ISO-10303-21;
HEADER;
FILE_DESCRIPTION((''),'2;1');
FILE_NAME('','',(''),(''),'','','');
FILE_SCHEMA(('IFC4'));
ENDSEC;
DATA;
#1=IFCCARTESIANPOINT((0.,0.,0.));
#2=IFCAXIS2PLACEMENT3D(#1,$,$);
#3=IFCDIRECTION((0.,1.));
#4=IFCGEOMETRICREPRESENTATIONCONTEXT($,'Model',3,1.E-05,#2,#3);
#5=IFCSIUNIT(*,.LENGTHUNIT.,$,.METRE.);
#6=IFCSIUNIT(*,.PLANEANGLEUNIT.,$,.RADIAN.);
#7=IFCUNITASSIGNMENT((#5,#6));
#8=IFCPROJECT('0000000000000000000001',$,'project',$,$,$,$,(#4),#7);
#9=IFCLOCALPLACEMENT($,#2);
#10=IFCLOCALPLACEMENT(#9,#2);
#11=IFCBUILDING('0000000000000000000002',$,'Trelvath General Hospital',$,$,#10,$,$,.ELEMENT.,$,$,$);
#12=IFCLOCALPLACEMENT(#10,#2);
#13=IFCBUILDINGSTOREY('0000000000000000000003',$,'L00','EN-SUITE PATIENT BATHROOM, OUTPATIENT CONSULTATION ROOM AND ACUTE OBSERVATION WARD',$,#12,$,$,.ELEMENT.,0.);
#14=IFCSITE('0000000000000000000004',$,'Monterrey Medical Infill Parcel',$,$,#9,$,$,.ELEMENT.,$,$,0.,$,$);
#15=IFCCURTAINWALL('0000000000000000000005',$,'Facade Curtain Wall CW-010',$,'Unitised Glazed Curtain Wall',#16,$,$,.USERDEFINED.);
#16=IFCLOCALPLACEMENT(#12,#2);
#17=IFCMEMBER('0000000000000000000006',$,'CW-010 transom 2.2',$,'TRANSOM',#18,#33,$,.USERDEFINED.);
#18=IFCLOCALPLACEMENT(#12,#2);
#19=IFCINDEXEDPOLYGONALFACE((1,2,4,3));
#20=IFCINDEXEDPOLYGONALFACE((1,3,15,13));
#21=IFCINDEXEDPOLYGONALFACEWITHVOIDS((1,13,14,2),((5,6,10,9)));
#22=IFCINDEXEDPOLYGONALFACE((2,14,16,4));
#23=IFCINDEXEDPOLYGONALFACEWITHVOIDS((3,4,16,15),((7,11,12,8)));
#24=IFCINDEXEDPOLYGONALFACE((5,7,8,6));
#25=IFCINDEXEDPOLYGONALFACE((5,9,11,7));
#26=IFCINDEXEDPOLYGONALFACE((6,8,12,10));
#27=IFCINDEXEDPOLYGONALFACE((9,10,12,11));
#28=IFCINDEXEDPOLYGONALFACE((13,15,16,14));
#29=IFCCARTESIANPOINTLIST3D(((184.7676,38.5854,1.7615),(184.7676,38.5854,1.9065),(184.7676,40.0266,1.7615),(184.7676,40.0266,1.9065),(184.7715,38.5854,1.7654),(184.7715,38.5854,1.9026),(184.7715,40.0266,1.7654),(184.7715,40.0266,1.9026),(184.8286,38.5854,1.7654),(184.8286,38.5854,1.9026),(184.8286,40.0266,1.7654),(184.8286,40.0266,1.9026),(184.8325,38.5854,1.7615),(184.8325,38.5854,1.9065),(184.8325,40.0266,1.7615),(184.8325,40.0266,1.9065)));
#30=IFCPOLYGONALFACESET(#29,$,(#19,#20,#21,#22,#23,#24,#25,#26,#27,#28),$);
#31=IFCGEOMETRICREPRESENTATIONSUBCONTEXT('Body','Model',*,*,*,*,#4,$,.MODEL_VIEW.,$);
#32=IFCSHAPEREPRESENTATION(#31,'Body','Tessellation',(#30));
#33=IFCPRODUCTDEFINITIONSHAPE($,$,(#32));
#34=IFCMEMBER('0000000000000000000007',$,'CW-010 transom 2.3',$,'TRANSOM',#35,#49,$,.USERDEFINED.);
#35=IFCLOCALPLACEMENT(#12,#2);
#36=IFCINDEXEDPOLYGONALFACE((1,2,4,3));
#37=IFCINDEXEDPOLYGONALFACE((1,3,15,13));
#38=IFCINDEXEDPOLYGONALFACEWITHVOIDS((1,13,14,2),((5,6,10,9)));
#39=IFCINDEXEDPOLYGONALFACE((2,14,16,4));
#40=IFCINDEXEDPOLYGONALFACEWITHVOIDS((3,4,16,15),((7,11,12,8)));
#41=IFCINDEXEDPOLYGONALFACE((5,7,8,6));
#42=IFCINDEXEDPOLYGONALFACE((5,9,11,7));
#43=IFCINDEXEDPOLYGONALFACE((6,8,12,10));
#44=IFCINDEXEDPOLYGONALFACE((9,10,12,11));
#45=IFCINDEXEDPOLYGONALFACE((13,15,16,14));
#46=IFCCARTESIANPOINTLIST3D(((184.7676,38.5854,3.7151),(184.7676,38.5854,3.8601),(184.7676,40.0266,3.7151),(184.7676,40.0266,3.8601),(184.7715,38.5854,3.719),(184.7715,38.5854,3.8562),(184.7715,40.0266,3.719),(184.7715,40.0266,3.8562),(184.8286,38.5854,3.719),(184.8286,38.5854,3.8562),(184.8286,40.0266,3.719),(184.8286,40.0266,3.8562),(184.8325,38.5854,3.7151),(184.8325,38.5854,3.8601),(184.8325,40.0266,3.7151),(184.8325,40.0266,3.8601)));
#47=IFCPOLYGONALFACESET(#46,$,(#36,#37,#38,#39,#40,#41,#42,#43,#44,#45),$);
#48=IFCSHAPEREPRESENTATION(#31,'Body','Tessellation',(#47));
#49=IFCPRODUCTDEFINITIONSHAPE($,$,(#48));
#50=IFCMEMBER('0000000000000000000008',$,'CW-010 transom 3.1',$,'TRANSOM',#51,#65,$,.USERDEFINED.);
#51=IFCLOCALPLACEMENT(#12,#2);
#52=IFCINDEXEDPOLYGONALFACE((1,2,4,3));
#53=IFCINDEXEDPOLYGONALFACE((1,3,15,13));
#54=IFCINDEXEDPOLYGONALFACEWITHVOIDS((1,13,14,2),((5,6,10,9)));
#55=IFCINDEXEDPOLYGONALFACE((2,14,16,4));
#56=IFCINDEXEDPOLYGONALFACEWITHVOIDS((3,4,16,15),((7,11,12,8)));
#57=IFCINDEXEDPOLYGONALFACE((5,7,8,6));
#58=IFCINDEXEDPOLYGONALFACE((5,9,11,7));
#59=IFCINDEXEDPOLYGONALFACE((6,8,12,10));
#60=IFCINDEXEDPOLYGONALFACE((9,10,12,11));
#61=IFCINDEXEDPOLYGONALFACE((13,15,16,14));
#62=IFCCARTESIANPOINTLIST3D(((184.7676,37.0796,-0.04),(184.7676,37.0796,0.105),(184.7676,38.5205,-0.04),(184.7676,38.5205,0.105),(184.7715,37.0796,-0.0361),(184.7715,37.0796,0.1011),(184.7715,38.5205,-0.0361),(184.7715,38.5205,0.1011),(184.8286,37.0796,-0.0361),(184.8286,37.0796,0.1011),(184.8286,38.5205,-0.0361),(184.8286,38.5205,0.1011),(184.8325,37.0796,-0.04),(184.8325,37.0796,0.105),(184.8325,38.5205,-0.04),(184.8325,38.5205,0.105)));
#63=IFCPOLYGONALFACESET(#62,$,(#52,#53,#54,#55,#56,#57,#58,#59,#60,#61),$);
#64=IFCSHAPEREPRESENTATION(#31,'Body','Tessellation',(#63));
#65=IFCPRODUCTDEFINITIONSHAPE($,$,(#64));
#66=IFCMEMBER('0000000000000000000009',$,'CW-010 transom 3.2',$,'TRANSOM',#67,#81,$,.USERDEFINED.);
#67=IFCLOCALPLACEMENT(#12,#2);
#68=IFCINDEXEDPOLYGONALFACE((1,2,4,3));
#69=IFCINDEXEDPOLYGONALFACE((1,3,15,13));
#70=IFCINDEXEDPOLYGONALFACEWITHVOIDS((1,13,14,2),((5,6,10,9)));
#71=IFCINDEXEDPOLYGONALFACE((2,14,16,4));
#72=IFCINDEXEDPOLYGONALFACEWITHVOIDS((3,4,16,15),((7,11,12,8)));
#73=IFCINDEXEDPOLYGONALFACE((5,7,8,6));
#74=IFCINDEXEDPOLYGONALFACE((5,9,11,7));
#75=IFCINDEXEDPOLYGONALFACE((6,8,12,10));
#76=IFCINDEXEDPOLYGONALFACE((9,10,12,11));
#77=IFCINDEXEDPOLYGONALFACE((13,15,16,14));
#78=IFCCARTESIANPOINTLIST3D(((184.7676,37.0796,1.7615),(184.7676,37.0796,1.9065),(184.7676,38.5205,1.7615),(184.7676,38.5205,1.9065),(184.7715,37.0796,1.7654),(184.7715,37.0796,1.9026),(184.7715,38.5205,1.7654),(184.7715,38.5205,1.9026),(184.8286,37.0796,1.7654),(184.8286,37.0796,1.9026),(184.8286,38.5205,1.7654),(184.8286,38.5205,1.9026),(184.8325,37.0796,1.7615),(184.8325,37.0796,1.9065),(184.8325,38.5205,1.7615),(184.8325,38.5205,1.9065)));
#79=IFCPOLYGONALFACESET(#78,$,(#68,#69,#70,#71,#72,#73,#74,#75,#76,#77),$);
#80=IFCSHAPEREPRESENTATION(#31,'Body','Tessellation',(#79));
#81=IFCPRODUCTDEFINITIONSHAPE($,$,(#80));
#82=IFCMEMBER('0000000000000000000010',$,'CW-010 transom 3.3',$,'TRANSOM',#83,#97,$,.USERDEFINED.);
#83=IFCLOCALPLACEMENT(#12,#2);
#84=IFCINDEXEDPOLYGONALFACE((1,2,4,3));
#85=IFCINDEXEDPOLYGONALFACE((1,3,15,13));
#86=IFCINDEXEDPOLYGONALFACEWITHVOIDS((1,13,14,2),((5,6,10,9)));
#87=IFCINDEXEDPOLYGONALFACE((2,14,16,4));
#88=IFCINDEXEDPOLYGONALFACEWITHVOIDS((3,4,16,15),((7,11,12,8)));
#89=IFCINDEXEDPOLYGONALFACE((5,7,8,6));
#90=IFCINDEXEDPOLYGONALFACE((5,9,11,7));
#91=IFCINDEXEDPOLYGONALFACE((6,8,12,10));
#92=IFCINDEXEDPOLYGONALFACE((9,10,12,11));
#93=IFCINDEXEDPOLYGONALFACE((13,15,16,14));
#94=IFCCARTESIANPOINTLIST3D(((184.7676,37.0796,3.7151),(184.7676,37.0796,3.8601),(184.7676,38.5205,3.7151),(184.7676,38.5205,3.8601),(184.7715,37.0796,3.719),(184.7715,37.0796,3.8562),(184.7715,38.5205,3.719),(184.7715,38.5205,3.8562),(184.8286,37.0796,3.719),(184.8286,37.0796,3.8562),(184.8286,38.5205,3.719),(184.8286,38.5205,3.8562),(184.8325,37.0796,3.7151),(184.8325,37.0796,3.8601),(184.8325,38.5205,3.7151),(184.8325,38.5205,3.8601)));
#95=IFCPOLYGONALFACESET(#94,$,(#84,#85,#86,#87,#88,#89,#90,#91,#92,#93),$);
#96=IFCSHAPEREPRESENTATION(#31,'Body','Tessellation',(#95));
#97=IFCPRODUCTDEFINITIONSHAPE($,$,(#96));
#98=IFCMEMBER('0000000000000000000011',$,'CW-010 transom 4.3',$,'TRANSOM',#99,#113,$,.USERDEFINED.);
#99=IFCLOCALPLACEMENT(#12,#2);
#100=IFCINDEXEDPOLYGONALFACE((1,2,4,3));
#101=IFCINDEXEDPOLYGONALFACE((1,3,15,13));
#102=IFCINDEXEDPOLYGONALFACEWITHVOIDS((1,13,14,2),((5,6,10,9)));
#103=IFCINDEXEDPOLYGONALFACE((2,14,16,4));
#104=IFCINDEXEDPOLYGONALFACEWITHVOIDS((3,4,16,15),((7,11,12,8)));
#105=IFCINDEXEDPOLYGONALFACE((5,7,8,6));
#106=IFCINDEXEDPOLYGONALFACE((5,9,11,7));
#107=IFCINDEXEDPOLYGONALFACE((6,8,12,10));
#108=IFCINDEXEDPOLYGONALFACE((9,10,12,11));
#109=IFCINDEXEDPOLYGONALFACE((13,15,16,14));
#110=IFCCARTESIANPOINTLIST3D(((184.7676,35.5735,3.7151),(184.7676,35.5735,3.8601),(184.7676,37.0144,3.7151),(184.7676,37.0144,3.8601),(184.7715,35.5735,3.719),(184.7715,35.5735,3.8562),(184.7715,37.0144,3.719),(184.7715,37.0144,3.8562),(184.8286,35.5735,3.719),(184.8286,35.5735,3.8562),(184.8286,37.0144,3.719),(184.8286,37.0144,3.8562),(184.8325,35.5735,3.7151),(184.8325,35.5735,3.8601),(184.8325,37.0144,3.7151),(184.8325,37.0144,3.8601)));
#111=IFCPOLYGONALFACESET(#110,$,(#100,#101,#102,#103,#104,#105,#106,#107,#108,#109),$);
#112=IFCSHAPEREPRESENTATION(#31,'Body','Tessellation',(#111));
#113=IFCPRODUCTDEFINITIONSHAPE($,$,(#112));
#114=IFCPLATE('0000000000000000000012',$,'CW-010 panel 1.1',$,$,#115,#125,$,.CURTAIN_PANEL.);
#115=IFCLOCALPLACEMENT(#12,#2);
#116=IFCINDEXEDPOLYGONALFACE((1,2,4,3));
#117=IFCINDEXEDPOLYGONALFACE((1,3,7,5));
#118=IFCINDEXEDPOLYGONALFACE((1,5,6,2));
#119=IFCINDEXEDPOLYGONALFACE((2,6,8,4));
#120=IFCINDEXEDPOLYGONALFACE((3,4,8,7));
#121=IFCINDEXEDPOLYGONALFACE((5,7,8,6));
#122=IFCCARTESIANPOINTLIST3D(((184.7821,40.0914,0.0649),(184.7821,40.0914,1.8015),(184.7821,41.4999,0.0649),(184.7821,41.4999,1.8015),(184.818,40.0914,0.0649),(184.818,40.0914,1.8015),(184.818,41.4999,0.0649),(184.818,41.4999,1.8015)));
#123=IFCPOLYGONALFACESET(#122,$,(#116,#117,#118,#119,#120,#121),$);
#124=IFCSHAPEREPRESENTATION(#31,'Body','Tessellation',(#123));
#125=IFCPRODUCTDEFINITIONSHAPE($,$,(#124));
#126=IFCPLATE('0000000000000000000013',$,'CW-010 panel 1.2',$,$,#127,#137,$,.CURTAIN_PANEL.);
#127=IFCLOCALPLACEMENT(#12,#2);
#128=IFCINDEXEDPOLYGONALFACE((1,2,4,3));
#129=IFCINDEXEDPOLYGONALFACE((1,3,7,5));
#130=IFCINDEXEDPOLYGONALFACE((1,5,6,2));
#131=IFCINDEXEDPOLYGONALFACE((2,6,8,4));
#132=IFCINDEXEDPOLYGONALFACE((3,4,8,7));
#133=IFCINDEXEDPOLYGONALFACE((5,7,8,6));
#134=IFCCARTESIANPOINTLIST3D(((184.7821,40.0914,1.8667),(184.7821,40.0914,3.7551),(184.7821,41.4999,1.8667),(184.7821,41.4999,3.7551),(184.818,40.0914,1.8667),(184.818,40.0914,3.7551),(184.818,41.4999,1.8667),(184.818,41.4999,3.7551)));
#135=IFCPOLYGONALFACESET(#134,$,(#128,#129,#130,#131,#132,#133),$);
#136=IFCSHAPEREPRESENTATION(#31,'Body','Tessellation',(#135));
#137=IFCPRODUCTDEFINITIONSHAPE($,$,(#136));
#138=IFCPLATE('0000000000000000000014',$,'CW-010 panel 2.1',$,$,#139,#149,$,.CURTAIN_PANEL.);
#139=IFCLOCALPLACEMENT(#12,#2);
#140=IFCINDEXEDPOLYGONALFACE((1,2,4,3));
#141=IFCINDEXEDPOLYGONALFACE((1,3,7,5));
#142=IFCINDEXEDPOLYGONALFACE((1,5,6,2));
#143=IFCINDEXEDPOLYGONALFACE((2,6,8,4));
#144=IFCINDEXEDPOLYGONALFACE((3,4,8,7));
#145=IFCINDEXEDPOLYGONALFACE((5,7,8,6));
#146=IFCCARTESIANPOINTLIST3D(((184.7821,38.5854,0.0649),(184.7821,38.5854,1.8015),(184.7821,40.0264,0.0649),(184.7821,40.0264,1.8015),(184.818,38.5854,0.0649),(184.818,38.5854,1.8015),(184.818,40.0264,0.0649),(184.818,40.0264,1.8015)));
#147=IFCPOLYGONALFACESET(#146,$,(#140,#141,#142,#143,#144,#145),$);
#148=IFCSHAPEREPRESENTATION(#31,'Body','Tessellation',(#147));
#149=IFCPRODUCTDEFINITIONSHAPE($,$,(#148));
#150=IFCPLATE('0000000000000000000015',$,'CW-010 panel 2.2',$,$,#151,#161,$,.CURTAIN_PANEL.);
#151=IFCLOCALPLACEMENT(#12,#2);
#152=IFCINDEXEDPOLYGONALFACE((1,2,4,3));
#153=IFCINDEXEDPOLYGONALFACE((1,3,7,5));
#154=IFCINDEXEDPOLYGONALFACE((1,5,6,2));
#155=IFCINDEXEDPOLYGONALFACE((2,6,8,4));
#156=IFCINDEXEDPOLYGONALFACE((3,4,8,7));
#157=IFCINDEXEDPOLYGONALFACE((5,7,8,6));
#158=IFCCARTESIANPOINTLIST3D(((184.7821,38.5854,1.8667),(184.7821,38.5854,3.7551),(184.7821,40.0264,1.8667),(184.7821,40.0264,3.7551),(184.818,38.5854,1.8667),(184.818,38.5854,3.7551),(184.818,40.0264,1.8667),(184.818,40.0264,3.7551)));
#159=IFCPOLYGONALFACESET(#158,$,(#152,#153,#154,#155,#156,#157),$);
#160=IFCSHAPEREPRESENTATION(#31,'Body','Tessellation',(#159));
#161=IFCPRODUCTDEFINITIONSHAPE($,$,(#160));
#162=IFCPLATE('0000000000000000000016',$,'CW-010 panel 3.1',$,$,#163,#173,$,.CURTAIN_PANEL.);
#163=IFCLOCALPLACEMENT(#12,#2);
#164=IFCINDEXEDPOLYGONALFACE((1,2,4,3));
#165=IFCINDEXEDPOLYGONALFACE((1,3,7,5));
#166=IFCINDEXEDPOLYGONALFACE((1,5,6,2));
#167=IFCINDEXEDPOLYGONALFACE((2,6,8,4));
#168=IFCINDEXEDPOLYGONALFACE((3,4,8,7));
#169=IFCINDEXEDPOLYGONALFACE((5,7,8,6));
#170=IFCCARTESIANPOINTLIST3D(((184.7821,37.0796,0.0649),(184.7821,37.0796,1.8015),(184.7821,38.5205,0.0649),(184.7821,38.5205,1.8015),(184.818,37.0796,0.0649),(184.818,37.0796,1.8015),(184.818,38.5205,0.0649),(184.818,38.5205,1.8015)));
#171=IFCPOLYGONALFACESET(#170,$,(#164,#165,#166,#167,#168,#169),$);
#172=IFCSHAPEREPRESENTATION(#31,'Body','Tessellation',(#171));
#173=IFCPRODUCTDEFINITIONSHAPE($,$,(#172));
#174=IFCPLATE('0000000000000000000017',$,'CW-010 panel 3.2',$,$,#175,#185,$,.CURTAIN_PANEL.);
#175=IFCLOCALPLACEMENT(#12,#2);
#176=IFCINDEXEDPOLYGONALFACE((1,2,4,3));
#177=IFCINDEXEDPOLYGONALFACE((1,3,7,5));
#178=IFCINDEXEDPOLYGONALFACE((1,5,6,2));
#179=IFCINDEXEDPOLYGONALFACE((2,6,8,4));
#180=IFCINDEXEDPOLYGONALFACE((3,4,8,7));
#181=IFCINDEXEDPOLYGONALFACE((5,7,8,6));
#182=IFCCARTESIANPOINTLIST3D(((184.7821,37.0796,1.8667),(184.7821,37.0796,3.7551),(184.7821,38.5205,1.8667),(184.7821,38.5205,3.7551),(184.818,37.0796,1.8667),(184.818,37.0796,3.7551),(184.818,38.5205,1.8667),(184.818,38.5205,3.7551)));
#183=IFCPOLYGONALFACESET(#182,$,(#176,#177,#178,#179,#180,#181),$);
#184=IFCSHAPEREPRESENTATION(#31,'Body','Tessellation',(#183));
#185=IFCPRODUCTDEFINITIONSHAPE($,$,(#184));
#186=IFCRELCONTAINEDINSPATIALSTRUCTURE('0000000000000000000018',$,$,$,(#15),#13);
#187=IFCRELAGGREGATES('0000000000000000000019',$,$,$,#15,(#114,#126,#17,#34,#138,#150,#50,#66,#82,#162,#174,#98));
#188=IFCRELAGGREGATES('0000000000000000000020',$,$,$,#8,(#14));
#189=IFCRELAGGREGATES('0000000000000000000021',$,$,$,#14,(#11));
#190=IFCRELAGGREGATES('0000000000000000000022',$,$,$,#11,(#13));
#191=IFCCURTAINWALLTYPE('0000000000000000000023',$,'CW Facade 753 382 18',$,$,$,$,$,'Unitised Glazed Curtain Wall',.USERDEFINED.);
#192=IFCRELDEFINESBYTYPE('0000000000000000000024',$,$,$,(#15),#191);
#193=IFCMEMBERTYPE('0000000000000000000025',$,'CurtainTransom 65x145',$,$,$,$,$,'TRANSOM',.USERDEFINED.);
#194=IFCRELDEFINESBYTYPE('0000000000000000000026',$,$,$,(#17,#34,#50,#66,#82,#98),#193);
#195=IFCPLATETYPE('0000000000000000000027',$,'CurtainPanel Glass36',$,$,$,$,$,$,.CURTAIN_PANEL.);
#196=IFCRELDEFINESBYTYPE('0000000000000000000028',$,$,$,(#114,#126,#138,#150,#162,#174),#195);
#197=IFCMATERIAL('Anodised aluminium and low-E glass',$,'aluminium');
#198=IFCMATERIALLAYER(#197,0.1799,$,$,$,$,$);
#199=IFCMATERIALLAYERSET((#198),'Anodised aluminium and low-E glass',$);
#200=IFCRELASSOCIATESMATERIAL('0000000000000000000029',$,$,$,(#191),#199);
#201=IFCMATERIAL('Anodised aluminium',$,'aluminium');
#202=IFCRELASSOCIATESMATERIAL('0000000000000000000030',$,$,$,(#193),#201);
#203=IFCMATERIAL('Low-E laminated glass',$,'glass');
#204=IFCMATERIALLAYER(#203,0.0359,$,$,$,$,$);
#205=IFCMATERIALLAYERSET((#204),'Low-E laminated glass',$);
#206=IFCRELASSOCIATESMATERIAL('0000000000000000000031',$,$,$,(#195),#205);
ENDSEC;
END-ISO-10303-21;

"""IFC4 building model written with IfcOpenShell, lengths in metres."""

from ifc_helpers import new_model, si_unit, direction, frame, origin, origin_2d, place, context, subcontext, project, spatial, rectangle, hollow_rectangle, extrude, material, layer, layer_set, material_profile, profile_set, type_object, element, aggregate, save


model = new_model("IFC4")

# Units and contexts
model_context = context("Model", 3, precision=1e-05, world=origin(), true_north=direction((0.0, 1.0)))
body_context = subcontext(model_context, "Body", "Model", "MODEL_VIEW")
ifc_project = project(units=[si_unit("LENGTHUNIT", "METRE"), si_unit("PLANEANGLEUNIT", "RADIAN")], contexts=[model_context])

# Site, building, storey
site_placement = place(None, origin())
site = spatial("IfcSite", under=ifc_project, at=site_placement, Name="Monterrey Medical Infill Parcel", CompositionType="ELEMENT", RefElevation=0.0)
building_placement = place(site_placement, origin())
building = spatial("IfcBuilding", under=site, at=building_placement, Name="Trelvath General Hospital", CompositionType="ELEMENT")
storey_placement = place(building_placement, origin())
storey = spatial("IfcBuildingStorey", under=building, at=storey_placement, Name="L00", Description="EN-SUITE PATIENT BATHROOM, OUTPATIENT CONSULTATION ROOM AND ACUTE OBSERVATION WARD", CompositionType="ELEMENT", Elevation=0.0)

# Curtain wall, members, plates
ifc_material_1 = material(Name="Anodised aluminium and low-E glass", Category="aluminium")
ifc_layer_1 = layer(ifc_material_1, 0.1799)
ifc_layer_set_1 = layer_set([ifc_layer_1], Name="Anodised aluminium and low-E glass")
curtain_wall_type = type_object("IfcCurtainWallType", Name="CW Facade 753 382 18", ElementType="Unitised Glazed Curtain Wall", PredefinedType="USERDEFINED", material=ifc_layer_set_1)
curtain_wall_placement = place(storey_placement, origin())
curtain_wall = element("IfcCurtainWall", 1, at=curtain_wall_placement, inside=storey, type_object=curtain_wall_type, Name="Facade Curtain Wall CW-010", ObjectType="Unitised Glazed Curtain Wall", PredefinedType="USERDEFINED")
ifc_material_2 = material(Name="Anodised aluminium", Category="aluminium")
ifc_material_profile_1 = material_profile(ifc_material_2, hollow_rectangle(XDim=0.0649, YDim=0.145, WallThickness=0.0039, at=origin_2d()), Name="RHS65x145x4")
ifc_profile_set_1 = profile_set([ifc_material_profile_1], Name="Anodised aluminium")
member_type_1 = type_object("IfcMemberType", Name="CurtainTransom 65x145", ElementType="TRANSOM", PredefinedType="USERDEFINED", material=ifc_profile_set_1)
member_1_placement = place(storey_placement, frame((184.8, 40.0266, 1.834), z_axis=(0.0, -1.0, 0.0), x_axis=(1.0, 0.0, 0.0)))
member_1 = element("IfcMember", 2, at=member_1_placement, type_object=member_type_1, Name="CW-010 transom 2.2", ObjectType="TRANSOM", PredefinedType="USERDEFINED", context=body_context, shape_type="SweptSolid", body=[
    extrude(hollow_rectangle(XDim=0.0649, YDim=0.145, WallThickness=0.0039, at=origin_2d()), origin(), (0.0, 0.0, 1.0), 1.4412),
])
member_2_placement = place(storey_placement, frame((184.8, 40.0266, 3.7876), z_axis=(0.0, -1.0, 0.0), x_axis=(1.0, 0.0, 0.0)))
member_2 = element("IfcMember", 3, at=member_2_placement, type_object=member_type_1, Name="CW-010 transom 2.3", ObjectType="TRANSOM", PredefinedType="USERDEFINED", context=body_context, shape_type="SweptSolid", body=[
    extrude(hollow_rectangle(XDim=0.0649, YDim=0.145, WallThickness=0.0039, at=origin_2d()), origin(), (0.0, 0.0, 1.0), 1.4412),
])
member_3_placement = place(storey_placement, frame((184.8, 38.5205, 0.0325), z_axis=(0.0, -1.0, 0.0), x_axis=(1.0, 0.0, 0.0)))
member_3 = element("IfcMember", 4, at=member_3_placement, type_object=member_type_1, Name="CW-010 transom 3.1", ObjectType="TRANSOM", PredefinedType="USERDEFINED", context=body_context, shape_type="SweptSolid", body=[
    extrude(hollow_rectangle(XDim=0.0649, YDim=0.145, WallThickness=0.0039, at=origin_2d()), origin(), (0.0, 0.0, 1.0), 1.4409),
])
member_4_placement = place(storey_placement, frame((184.8, 38.5205, 1.834), z_axis=(0.0, -1.0, 0.0), x_axis=(1.0, 0.0, 0.0)))
member_4 = element("IfcMember", 5, at=member_4_placement, type_object=member_type_1, Name="CW-010 transom 3.2", ObjectType="TRANSOM", PredefinedType="USERDEFINED", context=body_context, shape_type="SweptSolid", body=[
    extrude(hollow_rectangle(XDim=0.0649, YDim=0.145, WallThickness=0.0039, at=origin_2d()), origin(), (0.0, 0.0, 1.0), 1.4409),
])
member_5_placement = place(storey_placement, frame((184.8, 38.5205, 3.7876), z_axis=(0.0, -1.0, 0.0), x_axis=(1.0, 0.0, 0.0)))
member_5 = element("IfcMember", 6, at=member_5_placement, type_object=member_type_1, Name="CW-010 transom 3.3", ObjectType="TRANSOM", PredefinedType="USERDEFINED", context=body_context, shape_type="SweptSolid", body=[
    extrude(hollow_rectangle(XDim=0.0649, YDim=0.145, WallThickness=0.0039, at=origin_2d()), origin(), (0.0, 0.0, 1.0), 1.4409),
])
member_6_placement = place(storey_placement, frame((184.8, 37.0144, 3.7876), z_axis=(0.0, -1.0, 0.0), x_axis=(1.0, 0.0, 0.0)))
member_6 = element("IfcMember", 7, at=member_6_placement, type_object=member_type_1, Name="CW-010 transom 4.3", ObjectType="TRANSOM", PredefinedType="USERDEFINED", context=body_context, shape_type="SweptSolid", body=[
    extrude(hollow_rectangle(XDim=0.0649, YDim=0.145, WallThickness=0.0039, at=origin_2d()), origin(), (0.0, 0.0, 1.0), 1.4409),
])
ifc_material_3 = material(Name="Low-E laminated glass", Category="glass")
ifc_layer_2 = layer(ifc_material_3, 0.0359)
ifc_layer_set_2 = layer_set([ifc_layer_2], Name="Low-E laminated glass")
plate_type = type_object("IfcPlateType", Name="CurtainPanel Glass36", PredefinedType="CURTAIN_PANEL", material=ifc_layer_set_2)
plate_1_placement = place(storey_placement, frame((184.8, 40.7957, 0.0649), z_axis=(0.0, 0.0, 1.0), x_axis=(0.0, -1.0, 0.0)))
plate_1 = element("IfcPlate", 8, at=plate_1_placement, type_object=plate_type, Name="CW-010 panel 1.1", PredefinedType="CURTAIN_PANEL", context=body_context, shape_type="SweptSolid", body=[
    extrude(rectangle(XDim=1.4084, YDim=0.0359, at=origin_2d()), origin(), (0.0, 0.0, 1.0), 1.7366),
])
plate_2_placement = place(storey_placement, frame((184.8, 40.7957, 1.8667), z_axis=(0.0, 0.0, 1.0), x_axis=(0.0, -1.0, 0.0)))
plate_2 = element("IfcPlate", 9, at=plate_2_placement, type_object=plate_type, Name="CW-010 panel 1.2", PredefinedType="CURTAIN_PANEL", context=body_context, shape_type="SweptSolid", body=[
    extrude(rectangle(XDim=1.4084, YDim=0.0359, at=origin_2d()), origin(), (0.0, 0.0, 1.0), 1.8884),
])
plate_3_placement = place(storey_placement, frame((184.8, 39.3059, 0.0649), z_axis=(0.0, 0.0, 1.0), x_axis=(0.0, -1.0, 0.0)))
plate_3 = element("IfcPlate", 10, at=plate_3_placement, type_object=plate_type, Name="CW-010 panel 2.1", PredefinedType="CURTAIN_PANEL", context=body_context, shape_type="SweptSolid", body=[
    extrude(rectangle(XDim=1.4409, YDim=0.0359, at=origin_2d()), origin(), (0.0, 0.0, 1.0), 1.7366),
])
plate_4_placement = place(storey_placement, frame((184.8, 39.3059, 1.8667), z_axis=(0.0, 0.0, 1.0), x_axis=(0.0, -1.0, 0.0)))
plate_4 = element("IfcPlate", 11, at=plate_4_placement, type_object=plate_type, Name="CW-010 panel 2.2", PredefinedType="CURTAIN_PANEL", context=body_context, shape_type="SweptSolid", body=[
    extrude(rectangle(XDim=1.4409, YDim=0.0359, at=origin_2d()), origin(), (0.0, 0.0, 1.0), 1.8884),
])
plate_5_placement = place(storey_placement, frame((184.8, 37.8, 0.0649), z_axis=(0.0, 0.0, 1.0), x_axis=(0.0, -1.0, 0.0)))
plate_5 = element("IfcPlate", 12, at=plate_5_placement, type_object=plate_type, Name="CW-010 panel 3.1", PredefinedType="CURTAIN_PANEL", context=body_context, shape_type="SweptSolid", body=[
    extrude(rectangle(XDim=1.4409, YDim=0.0359, at=origin_2d()), origin(), (0.0, 0.0, 1.0), 1.7366),
])
plate_6_placement = place(storey_placement, frame((184.8, 37.8, 1.8667), z_axis=(0.0, 0.0, 1.0), x_axis=(0.0, -1.0, 0.0)))
plate_6 = element("IfcPlate", 13, at=plate_6_placement, type_object=plate_type, Name="CW-010 panel 3.2", PredefinedType="CURTAIN_PANEL", context=body_context, shape_type="SweptSolid", body=[
    extrude(rectangle(XDim=1.4409, YDim=0.0359, at=origin_2d()), origin(), (0.0, 0.0, 1.0), 1.8884),
])
aggregate(curtain_wall, [plate_1, plate_2, member_1, member_2, plate_3, plate_4, member_3, member_4, member_5, plate_5, plate_6, member_6])

save(model, "model.ifc")
